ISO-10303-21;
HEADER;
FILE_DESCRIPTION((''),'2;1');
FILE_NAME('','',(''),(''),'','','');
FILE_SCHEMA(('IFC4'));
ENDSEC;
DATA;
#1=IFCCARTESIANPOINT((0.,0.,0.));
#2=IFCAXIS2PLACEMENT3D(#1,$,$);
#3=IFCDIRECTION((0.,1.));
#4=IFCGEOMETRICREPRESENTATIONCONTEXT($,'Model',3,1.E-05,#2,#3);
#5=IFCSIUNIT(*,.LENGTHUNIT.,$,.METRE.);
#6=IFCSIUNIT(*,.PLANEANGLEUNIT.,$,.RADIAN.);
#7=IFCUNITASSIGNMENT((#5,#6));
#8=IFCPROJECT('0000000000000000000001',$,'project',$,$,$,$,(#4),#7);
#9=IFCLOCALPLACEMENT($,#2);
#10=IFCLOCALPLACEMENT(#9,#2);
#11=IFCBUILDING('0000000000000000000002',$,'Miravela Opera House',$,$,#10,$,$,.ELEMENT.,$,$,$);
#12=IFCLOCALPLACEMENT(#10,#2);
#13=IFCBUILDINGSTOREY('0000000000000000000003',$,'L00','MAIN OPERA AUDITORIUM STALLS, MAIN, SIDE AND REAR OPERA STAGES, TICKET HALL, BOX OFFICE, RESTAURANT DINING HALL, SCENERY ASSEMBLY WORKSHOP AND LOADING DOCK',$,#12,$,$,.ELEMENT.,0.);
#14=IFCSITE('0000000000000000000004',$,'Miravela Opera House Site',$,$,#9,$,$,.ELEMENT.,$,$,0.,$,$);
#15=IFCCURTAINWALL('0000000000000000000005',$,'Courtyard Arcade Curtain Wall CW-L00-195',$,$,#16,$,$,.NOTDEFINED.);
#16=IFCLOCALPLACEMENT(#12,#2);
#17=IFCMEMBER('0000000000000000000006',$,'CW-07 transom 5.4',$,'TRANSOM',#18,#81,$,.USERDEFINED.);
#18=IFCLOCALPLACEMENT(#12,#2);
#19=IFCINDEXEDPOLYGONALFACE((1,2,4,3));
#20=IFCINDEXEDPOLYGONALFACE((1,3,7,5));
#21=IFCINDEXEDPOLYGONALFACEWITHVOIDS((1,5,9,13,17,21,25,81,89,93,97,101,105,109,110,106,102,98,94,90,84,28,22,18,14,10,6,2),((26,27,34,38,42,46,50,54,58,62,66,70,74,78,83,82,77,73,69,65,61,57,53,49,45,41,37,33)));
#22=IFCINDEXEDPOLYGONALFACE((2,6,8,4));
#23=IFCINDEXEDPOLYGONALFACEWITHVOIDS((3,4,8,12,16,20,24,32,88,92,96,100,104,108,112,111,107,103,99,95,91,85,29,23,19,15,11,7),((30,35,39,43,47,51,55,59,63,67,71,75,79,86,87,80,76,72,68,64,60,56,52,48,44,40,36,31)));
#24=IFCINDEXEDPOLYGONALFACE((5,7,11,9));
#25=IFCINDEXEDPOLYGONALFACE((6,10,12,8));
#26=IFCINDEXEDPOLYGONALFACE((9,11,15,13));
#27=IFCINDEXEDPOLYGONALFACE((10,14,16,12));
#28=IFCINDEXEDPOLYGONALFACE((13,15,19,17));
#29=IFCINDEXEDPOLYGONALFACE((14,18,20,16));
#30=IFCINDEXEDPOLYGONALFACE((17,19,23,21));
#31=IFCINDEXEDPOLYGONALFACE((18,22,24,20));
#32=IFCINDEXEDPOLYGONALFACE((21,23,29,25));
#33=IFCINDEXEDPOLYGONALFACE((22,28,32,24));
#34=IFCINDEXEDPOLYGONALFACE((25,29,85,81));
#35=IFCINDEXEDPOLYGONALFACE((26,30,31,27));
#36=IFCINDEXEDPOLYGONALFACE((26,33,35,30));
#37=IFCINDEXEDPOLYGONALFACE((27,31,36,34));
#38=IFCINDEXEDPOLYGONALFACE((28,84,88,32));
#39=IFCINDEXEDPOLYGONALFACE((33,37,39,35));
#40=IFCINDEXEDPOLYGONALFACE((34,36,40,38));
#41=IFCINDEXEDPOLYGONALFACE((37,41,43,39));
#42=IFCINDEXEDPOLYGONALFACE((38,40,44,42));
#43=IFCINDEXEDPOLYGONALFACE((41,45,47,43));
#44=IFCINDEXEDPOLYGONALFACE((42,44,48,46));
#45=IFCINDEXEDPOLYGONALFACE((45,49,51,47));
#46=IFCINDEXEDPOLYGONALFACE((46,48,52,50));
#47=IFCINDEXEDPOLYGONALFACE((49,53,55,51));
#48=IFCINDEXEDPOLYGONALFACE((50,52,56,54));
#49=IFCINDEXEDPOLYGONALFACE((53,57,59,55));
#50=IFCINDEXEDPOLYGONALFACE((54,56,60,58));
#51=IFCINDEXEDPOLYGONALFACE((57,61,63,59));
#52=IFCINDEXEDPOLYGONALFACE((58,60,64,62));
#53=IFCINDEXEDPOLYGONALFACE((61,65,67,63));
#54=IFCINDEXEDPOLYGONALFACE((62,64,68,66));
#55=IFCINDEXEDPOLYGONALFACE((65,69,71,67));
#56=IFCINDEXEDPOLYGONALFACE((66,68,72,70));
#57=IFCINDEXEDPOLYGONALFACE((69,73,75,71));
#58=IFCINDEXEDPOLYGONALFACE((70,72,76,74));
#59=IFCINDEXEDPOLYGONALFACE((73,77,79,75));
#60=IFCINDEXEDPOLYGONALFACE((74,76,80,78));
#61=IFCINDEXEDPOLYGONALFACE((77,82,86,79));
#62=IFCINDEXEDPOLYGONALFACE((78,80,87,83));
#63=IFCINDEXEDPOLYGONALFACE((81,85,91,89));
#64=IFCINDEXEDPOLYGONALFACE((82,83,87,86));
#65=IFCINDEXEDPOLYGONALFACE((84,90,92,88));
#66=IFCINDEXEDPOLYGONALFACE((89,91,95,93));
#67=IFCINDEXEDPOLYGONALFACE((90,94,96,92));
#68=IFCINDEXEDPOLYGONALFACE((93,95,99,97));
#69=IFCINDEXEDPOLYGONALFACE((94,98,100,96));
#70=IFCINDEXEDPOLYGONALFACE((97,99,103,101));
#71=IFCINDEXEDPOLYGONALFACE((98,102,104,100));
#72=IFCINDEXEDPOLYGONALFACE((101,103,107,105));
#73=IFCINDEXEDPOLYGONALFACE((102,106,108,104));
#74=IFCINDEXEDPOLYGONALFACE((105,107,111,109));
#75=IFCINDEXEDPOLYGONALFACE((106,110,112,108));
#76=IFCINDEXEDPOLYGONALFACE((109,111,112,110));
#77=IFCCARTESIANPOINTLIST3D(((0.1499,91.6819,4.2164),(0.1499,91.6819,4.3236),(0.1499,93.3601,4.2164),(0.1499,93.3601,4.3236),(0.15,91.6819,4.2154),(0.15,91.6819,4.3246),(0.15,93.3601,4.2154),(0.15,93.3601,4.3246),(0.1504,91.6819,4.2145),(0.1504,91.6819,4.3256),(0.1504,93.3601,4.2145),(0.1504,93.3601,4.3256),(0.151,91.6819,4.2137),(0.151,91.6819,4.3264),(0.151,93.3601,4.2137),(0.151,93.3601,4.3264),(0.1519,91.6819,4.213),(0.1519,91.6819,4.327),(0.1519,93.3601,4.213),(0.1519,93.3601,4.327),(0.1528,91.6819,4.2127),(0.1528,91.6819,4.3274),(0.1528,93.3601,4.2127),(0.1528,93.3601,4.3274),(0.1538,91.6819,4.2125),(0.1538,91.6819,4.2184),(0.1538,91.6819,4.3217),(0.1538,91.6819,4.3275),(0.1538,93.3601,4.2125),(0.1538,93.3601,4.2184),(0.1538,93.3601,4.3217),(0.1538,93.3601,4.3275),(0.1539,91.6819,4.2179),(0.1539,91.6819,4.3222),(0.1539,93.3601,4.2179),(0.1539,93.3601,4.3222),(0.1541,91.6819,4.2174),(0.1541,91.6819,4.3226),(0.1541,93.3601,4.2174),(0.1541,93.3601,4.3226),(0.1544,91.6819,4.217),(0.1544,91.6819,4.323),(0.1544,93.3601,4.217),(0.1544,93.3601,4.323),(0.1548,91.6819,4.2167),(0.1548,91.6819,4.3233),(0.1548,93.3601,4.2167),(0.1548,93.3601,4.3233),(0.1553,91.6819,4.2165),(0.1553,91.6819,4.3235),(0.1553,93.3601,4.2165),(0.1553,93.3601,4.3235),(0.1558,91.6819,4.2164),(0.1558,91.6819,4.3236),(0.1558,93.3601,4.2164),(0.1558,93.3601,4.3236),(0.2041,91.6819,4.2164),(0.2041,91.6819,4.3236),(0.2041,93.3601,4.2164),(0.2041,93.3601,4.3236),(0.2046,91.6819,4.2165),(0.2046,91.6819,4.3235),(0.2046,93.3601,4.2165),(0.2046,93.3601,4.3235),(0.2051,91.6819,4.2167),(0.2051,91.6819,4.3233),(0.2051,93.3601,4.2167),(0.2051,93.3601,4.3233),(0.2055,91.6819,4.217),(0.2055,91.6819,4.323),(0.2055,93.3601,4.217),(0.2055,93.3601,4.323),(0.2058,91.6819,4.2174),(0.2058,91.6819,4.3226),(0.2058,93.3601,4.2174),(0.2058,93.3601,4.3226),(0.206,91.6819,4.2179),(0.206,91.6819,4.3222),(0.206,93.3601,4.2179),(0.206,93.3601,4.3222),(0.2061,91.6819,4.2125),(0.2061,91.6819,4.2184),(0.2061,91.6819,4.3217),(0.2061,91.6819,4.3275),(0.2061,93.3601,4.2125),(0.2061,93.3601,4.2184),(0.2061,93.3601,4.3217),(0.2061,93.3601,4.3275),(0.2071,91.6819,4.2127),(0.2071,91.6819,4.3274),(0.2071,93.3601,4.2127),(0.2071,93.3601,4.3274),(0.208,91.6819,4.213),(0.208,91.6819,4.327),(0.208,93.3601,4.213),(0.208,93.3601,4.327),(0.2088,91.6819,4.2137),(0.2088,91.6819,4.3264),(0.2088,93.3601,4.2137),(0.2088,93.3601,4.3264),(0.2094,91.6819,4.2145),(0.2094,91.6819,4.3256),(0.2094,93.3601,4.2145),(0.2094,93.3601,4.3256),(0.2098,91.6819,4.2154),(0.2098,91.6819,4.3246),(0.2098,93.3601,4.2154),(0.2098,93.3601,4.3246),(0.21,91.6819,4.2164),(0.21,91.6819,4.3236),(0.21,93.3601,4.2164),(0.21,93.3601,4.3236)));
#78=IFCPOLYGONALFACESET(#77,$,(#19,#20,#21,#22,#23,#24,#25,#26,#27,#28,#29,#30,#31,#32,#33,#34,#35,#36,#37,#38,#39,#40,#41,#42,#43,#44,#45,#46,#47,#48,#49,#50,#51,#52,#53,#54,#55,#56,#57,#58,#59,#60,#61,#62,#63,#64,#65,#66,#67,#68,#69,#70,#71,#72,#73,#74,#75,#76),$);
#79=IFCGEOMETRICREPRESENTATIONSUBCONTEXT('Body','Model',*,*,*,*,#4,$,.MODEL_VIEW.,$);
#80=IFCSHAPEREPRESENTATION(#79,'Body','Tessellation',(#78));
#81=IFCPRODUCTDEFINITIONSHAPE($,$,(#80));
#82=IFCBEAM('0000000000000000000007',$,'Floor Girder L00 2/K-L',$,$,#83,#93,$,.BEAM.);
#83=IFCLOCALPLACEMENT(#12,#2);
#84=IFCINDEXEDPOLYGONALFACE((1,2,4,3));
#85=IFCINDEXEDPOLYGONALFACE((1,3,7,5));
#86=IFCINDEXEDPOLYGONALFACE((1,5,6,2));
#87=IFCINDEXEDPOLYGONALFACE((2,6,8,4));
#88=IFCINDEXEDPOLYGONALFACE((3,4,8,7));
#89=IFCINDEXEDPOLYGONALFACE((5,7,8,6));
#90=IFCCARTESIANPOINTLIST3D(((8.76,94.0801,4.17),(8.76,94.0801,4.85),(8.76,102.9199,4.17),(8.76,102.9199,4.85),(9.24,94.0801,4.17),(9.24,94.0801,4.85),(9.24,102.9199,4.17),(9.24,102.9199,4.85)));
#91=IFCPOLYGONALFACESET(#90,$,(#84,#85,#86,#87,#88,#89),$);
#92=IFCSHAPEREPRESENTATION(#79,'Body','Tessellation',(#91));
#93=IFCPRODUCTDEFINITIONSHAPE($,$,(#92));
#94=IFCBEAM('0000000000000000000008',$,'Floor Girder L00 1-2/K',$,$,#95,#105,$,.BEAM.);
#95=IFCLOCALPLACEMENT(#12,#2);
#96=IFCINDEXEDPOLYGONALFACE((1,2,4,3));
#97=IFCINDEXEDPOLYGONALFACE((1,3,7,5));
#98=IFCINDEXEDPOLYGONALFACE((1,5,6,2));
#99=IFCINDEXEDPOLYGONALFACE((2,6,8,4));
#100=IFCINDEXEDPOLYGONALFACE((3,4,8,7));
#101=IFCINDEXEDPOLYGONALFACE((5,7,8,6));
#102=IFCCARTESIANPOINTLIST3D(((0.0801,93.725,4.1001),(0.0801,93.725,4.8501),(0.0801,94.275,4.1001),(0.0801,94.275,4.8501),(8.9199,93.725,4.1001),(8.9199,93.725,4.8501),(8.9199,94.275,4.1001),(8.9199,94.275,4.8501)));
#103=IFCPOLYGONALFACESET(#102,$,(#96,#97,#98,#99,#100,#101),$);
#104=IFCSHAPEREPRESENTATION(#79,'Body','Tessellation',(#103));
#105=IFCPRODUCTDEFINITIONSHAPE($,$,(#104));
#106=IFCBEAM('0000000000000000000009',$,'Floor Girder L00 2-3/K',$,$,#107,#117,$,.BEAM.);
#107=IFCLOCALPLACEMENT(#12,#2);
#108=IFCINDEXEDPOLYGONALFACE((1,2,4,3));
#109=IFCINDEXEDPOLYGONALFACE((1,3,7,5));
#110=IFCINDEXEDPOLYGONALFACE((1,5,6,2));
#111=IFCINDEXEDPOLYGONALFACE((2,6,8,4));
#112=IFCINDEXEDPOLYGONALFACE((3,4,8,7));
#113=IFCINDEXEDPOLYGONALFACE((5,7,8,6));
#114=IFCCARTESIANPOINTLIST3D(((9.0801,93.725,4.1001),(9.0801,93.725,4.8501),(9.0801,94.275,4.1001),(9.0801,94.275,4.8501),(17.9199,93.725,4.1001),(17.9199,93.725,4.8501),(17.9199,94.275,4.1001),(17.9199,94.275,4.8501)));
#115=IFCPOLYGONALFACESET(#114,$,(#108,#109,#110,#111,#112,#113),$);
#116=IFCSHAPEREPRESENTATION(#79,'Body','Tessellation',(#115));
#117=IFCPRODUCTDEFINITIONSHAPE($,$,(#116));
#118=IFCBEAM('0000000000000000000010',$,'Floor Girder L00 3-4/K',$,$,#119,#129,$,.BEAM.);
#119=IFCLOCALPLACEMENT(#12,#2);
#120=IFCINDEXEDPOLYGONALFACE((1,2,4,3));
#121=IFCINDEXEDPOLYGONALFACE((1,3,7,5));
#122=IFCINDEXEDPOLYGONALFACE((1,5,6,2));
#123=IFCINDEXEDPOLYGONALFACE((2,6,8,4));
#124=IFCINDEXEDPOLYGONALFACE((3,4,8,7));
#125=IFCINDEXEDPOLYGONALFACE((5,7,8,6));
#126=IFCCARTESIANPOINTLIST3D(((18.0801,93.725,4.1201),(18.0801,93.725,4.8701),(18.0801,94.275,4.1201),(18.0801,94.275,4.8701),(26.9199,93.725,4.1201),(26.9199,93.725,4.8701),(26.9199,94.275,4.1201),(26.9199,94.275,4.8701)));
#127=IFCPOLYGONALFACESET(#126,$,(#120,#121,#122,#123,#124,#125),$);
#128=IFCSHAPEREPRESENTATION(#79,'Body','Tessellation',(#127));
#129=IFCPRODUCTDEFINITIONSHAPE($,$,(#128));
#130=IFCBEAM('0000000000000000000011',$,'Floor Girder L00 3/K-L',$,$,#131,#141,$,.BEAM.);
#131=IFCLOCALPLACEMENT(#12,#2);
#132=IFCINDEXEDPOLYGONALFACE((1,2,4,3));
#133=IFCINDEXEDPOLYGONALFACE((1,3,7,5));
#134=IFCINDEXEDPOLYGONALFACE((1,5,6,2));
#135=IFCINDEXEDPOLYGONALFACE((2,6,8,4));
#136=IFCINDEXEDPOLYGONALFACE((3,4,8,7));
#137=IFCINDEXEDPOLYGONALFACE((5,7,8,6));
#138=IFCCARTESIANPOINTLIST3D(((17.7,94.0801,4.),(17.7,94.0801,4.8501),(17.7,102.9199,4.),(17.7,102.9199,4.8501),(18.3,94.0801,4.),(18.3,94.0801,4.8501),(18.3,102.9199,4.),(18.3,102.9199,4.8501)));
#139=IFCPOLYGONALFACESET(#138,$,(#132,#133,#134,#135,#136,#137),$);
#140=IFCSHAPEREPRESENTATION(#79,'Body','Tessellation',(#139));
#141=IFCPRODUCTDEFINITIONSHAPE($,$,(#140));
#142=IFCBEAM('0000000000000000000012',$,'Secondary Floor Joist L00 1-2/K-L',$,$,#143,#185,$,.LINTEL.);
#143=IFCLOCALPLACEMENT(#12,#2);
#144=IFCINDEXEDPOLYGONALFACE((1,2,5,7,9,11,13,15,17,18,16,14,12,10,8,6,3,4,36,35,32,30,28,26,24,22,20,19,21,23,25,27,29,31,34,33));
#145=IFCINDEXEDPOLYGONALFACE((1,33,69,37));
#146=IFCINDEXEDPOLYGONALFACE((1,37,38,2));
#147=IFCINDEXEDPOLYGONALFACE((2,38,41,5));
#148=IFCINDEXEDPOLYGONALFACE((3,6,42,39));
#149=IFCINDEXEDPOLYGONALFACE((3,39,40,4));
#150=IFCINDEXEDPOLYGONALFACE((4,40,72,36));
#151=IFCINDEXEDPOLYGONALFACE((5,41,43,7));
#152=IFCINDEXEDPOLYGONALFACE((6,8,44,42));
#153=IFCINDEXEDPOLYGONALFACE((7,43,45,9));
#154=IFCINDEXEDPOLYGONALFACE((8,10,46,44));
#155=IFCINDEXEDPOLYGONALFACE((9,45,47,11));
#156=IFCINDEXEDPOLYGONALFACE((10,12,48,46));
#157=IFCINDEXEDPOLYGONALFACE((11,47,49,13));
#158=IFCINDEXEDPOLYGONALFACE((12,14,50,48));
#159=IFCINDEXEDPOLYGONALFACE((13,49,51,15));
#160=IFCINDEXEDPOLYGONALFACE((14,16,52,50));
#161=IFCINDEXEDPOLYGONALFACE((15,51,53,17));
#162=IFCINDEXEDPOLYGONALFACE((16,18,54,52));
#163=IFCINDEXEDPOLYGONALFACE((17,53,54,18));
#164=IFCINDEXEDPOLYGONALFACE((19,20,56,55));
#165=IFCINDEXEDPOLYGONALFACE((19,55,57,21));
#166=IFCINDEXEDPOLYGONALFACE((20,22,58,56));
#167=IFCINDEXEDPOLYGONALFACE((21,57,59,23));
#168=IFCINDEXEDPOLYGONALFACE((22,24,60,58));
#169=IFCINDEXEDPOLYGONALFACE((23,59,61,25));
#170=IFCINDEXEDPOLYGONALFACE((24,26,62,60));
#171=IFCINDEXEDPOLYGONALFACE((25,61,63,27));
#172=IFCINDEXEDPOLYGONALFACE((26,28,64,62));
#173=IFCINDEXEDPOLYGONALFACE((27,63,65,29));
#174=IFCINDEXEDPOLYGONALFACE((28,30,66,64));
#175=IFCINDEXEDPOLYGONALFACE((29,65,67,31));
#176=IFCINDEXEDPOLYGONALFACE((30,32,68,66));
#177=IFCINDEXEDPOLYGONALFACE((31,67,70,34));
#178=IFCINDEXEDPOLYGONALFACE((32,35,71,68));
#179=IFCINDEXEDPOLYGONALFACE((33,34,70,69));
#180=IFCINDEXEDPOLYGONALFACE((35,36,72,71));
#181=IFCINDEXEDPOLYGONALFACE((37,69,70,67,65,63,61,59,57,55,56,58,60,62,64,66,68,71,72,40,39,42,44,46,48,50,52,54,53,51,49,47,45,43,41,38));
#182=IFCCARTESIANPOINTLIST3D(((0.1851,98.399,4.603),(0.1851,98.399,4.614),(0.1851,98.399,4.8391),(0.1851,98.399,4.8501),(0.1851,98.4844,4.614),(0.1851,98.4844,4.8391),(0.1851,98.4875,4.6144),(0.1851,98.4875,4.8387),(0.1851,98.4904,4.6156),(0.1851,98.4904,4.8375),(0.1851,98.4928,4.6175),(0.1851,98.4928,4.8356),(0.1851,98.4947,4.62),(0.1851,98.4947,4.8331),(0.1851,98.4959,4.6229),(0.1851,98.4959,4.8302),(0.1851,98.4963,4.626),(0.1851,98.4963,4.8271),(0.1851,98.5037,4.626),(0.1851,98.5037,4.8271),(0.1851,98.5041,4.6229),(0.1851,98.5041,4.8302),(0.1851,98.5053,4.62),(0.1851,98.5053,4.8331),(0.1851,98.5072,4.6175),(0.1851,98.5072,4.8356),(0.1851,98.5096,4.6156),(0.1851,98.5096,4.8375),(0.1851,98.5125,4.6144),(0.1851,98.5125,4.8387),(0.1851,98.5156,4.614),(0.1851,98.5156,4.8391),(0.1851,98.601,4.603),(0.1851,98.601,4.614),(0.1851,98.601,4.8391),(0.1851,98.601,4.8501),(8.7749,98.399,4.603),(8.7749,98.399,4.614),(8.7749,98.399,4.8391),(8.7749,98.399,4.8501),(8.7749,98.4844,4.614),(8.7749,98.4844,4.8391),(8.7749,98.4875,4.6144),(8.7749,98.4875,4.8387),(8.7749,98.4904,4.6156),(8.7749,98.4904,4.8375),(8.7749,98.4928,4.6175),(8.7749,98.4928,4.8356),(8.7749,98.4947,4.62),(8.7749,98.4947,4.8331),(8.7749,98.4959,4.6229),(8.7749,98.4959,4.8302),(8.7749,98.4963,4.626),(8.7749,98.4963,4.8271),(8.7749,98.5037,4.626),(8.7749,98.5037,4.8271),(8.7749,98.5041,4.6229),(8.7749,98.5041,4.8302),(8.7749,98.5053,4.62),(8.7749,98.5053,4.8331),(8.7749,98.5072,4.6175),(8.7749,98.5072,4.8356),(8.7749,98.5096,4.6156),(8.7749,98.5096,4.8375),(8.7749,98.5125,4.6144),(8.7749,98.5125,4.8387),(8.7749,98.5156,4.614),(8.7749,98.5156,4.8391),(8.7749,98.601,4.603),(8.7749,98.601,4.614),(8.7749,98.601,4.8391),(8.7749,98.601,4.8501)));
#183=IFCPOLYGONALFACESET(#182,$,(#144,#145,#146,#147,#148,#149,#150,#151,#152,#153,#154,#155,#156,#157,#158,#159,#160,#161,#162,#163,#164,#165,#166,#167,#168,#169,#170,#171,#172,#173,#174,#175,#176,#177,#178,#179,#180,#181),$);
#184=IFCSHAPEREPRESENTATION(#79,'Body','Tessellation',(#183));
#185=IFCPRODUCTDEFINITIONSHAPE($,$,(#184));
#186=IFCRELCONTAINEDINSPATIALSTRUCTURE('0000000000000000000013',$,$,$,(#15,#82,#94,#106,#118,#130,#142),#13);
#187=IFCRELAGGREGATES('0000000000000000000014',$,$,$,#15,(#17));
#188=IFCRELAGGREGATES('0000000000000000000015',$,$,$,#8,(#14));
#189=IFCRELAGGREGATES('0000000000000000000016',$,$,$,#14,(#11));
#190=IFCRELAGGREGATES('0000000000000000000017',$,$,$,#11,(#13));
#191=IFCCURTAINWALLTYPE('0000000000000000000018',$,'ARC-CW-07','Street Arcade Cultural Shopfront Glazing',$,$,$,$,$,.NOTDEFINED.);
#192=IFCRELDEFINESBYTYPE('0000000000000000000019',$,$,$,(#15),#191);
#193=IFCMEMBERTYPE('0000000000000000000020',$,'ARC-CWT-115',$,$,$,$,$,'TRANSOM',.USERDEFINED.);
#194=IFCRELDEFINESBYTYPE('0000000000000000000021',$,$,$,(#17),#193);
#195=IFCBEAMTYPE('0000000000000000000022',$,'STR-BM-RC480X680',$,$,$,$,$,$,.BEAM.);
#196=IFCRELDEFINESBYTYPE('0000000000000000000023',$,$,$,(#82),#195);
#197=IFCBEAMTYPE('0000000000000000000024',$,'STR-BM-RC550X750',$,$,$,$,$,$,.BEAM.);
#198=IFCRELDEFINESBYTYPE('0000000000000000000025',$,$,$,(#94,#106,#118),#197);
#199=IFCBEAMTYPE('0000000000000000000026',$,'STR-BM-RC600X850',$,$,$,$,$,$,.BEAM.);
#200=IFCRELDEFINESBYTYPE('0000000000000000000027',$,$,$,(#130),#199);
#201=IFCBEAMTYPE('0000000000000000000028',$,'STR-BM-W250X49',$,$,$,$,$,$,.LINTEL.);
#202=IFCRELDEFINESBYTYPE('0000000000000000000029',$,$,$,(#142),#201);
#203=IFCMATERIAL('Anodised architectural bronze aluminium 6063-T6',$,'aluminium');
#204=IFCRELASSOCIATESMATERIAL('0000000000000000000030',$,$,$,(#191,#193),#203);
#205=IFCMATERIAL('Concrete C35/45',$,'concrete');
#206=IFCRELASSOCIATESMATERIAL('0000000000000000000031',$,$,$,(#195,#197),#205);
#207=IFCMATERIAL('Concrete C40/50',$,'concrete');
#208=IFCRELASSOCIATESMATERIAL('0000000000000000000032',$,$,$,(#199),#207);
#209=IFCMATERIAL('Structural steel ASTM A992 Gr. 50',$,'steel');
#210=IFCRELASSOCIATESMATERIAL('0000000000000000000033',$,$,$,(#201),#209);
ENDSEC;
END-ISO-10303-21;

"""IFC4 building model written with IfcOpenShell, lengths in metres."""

from ifc_helpers import new_model, si_unit, direction, frame, origin, origin_2d, place, context, subcontext, project, spatial, rectangle, hollow_rectangle, i_section, extrude, material, material_profile, profile_set, type_object, element, aggregate, save


model = new_model("IFC4")

# Units and contexts
model_context = context("Model", 3, precision=1e-05, world=origin(), true_north=direction((0.0, 1.0)))
body_context = subcontext(model_context, "Body", "Model", "MODEL_VIEW")
ifc_project = project(units=[si_unit("LENGTHUNIT", "METRE"), si_unit("PLANEANGLEUNIT", "RADIAN")], contexts=[model_context])

# Site, building, storey
site_placement = place(None, origin())
site = spatial("IfcSite", under=ifc_project, at=site_placement, Name="Miravela Opera House Site", CompositionType="ELEMENT", RefElevation=0.0)
building_placement = place(site_placement, origin())
building = spatial("IfcBuilding", under=site, at=building_placement, Name="Miravela Opera House", CompositionType="ELEMENT")
storey_placement = place(building_placement, origin())
storey = spatial("IfcBuildingStorey", under=building, at=storey_placement, Name="L00", Description="MAIN OPERA AUDITORIUM STALLS, MAIN, SIDE AND REAR OPERA STAGES, TICKET HALL, BOX OFFICE, RESTAURANT DINING HALL, SCENERY ASSEMBLY WORKSHOP AND LOADING DOCK", CompositionType="ELEMENT", Elevation=0.0)

# Shared definitions
ifc_material_1 = material(Name="Concrete C35/45", Category="concrete")
ifc_material_2 = material(Name="Concrete C40/50", Category="concrete")

# Curtain wall, member
ifc_material_3 = material(Name="Anodised architectural bronze aluminium 6063-T6", Category="aluminium")
curtain_wall_type = type_object("IfcCurtainWallType", Name="ARC-CW-07", Description="Street Arcade Cultural Shopfront Glazing", PredefinedType="NOTDEFINED", material=ifc_material_3)
curtain_wall_placement = place(storey_placement, origin())
curtain_wall = element("IfcCurtainWall", 1, at=curtain_wall_placement, inside=storey, type_object=curtain_wall_type, Name="Courtyard Arcade Curtain Wall CW-L00-195", PredefinedType="NOTDEFINED")
ifc_material_profile_1 = material_profile(ifc_material_3, hollow_rectangle(XDim=0.0601, YDim=0.115, WallThickness=0.0039, InnerFilletRadius=0.002, OuterFilletRadius=0.0039, at=origin_2d()), Name="CWT-60X115")
ifc_profile_set_1 = profile_set([ifc_material_profile_1])
member_type_1 = type_object("IfcMemberType", Name="ARC-CWT-115", ElementType="TRANSOM", PredefinedType="USERDEFINED", material=ifc_profile_set_1)
member_1_placement = place(storey_placement, frame((0.1799, 91.6819, 4.27), z_axis=(0.0, 1.0, 0.0), x_axis=(-1.0, 0.0, 0.0)))
member_1 = element("IfcMember", 2, at=member_1_placement, type_object=member_type_1, Name="CW-07 transom 5.4", ObjectType="TRANSOM", PredefinedType="USERDEFINED", context=body_context, shape_type="SweptSolid", body=[
    extrude(hollow_rectangle(XDim=0.0601, YDim=0.115, WallThickness=0.0039, InnerFilletRadius=0.002, OuterFilletRadius=0.0039, at=origin_2d()), origin(), (0.0, 0.0, 1.0), 1.6782),
])

# Beams
ifc_material_profile_2 = material_profile(ifc_material_1, rectangle(XDim=0.48, YDim=0.6799, at=origin_2d()), Name="RC-BM-480X680")
ifc_profile_set_2 = profile_set([ifc_material_profile_2])
beam_type_1 = type_object("IfcBeamType", Name="STR-BM-RC480X680", PredefinedType="BEAM", material=ifc_profile_set_2)
beam_1_placement = place(storey_placement, frame((9.0, 94.0801, 4.51), z_axis=(0.0, 1.0, 0.0), x_axis=(-1.0, 0.0, 0.0)))
element("IfcBeam", 3, at=beam_1_placement, inside=storey, type_object=beam_type_1, Name="Floor Girder L00 2/K-L", PredefinedType="BEAM", context=body_context, shape_type="SweptSolid", body=[
    extrude(rectangle(XDim=0.48, YDim=0.6799, at=origin_2d()), origin(), (0.0, 0.0, 1.0), 8.8398),
])
ifc_material_profile_3 = material_profile(ifc_material_1, rectangle(XDim=0.55, YDim=0.75, at=origin_2d()), Name="RC-BM-550X750")
ifc_profile_set_3 = profile_set([ifc_material_profile_3])
beam_type_2 = type_object("IfcBeamType", Name="STR-BM-RC550X750", PredefinedType="BEAM", material=ifc_profile_set_3)
for number, where, z_axis, x_axis, name in (
    (4, (0.0801, 94.0, 4.4751), (1.0, 0.0, 0.0), (0.0, 1.0, 0.0), "Floor Girder L00 1-2/K"),
    (5, (9.0801, 94.0, 4.4751), (1.0, 0.0, 0.0), (0.0, 1.0, 0.0), "Floor Girder L00 2-3/K"),
    (6, (18.0801, 94.0, 4.4951), (1.0, 0.0, 0.0), (0.0, 1.0, 0.0), "Floor Girder L00 3-4/K"),
):
    element("IfcBeam", number, at=place(storey_placement, frame(where, z_axis=z_axis, x_axis=x_axis)), inside=storey, type_object=beam_type_2, Name=name, PredefinedType="BEAM", context=body_context, shape_type="SweptSolid", body=[
        extrude(rectangle(XDim=0.55, YDim=0.75, at=origin_2d()), origin(), (0.0, 0.0, 1.0), 8.8398),
    ])
ifc_material_profile_4 = material_profile(ifc_material_2, rectangle(XDim=0.6001, YDim=0.8501, at=origin_2d()), Name="RC-BM-600X850")
ifc_profile_set_4 = profile_set([ifc_material_profile_4])
beam_type_3 = type_object("IfcBeamType", Name="STR-BM-RC600X850", PredefinedType="BEAM", material=ifc_profile_set_4)
beam_2_placement = place(storey_placement, frame((18.0, 94.0801, 4.425), z_axis=(0.0, 1.0, 0.0), x_axis=(-1.0, 0.0, 0.0)))
element("IfcBeam", 7, at=beam_2_placement, inside=storey, type_object=beam_type_3, Name="Floor Girder L00 3/K-L", PredefinedType="BEAM", context=body_context, shape_type="SweptSolid", body=[
    extrude(rectangle(XDim=0.6001, YDim=0.8501, at=origin_2d()), origin(), (0.0, 0.0, 1.0), 8.8398),
])
ifc_material_4 = material(Name="Structural steel ASTM A992 Gr. 50", Category="steel")
ifc_material_profile_5 = material_profile(ifc_material_4, i_section(OverallWidth=0.2019, OverallDepth=0.2471, WebThickness=0.0073, FlangeThickness=0.011, FilletRadius=0.012, at=origin_2d()), Name="W250X49")
ifc_profile_set_5 = profile_set([ifc_material_profile_5])
beam_type_4 = type_object("IfcBeamType", Name="STR-BM-W250X49", PredefinedType="LINTEL", material=ifc_profile_set_5)
beam_3_placement = place(storey_placement, frame((0.1851, 98.5, 4.7266), z_axis=(1.0, 0.0, 0.0), x_axis=(0.0, 1.0, 0.0)))
element("IfcBeam", 8, at=beam_3_placement, inside=storey, type_object=beam_type_4, Name="Secondary Floor Joist L00 1-2/K-L", PredefinedType="LINTEL", context=body_context, shape_type="SweptSolid", body=[
    extrude(i_section(OverallWidth=0.2019, OverallDepth=0.2471, WebThickness=0.0073, FlangeThickness=0.011, FilletRadius=0.012, at=origin_2d()), origin(), (0.0, 0.0, 1.0), 8.5898),
])

aggregate(curtain_wall, [member_1])

save(model, "model.ifc")
